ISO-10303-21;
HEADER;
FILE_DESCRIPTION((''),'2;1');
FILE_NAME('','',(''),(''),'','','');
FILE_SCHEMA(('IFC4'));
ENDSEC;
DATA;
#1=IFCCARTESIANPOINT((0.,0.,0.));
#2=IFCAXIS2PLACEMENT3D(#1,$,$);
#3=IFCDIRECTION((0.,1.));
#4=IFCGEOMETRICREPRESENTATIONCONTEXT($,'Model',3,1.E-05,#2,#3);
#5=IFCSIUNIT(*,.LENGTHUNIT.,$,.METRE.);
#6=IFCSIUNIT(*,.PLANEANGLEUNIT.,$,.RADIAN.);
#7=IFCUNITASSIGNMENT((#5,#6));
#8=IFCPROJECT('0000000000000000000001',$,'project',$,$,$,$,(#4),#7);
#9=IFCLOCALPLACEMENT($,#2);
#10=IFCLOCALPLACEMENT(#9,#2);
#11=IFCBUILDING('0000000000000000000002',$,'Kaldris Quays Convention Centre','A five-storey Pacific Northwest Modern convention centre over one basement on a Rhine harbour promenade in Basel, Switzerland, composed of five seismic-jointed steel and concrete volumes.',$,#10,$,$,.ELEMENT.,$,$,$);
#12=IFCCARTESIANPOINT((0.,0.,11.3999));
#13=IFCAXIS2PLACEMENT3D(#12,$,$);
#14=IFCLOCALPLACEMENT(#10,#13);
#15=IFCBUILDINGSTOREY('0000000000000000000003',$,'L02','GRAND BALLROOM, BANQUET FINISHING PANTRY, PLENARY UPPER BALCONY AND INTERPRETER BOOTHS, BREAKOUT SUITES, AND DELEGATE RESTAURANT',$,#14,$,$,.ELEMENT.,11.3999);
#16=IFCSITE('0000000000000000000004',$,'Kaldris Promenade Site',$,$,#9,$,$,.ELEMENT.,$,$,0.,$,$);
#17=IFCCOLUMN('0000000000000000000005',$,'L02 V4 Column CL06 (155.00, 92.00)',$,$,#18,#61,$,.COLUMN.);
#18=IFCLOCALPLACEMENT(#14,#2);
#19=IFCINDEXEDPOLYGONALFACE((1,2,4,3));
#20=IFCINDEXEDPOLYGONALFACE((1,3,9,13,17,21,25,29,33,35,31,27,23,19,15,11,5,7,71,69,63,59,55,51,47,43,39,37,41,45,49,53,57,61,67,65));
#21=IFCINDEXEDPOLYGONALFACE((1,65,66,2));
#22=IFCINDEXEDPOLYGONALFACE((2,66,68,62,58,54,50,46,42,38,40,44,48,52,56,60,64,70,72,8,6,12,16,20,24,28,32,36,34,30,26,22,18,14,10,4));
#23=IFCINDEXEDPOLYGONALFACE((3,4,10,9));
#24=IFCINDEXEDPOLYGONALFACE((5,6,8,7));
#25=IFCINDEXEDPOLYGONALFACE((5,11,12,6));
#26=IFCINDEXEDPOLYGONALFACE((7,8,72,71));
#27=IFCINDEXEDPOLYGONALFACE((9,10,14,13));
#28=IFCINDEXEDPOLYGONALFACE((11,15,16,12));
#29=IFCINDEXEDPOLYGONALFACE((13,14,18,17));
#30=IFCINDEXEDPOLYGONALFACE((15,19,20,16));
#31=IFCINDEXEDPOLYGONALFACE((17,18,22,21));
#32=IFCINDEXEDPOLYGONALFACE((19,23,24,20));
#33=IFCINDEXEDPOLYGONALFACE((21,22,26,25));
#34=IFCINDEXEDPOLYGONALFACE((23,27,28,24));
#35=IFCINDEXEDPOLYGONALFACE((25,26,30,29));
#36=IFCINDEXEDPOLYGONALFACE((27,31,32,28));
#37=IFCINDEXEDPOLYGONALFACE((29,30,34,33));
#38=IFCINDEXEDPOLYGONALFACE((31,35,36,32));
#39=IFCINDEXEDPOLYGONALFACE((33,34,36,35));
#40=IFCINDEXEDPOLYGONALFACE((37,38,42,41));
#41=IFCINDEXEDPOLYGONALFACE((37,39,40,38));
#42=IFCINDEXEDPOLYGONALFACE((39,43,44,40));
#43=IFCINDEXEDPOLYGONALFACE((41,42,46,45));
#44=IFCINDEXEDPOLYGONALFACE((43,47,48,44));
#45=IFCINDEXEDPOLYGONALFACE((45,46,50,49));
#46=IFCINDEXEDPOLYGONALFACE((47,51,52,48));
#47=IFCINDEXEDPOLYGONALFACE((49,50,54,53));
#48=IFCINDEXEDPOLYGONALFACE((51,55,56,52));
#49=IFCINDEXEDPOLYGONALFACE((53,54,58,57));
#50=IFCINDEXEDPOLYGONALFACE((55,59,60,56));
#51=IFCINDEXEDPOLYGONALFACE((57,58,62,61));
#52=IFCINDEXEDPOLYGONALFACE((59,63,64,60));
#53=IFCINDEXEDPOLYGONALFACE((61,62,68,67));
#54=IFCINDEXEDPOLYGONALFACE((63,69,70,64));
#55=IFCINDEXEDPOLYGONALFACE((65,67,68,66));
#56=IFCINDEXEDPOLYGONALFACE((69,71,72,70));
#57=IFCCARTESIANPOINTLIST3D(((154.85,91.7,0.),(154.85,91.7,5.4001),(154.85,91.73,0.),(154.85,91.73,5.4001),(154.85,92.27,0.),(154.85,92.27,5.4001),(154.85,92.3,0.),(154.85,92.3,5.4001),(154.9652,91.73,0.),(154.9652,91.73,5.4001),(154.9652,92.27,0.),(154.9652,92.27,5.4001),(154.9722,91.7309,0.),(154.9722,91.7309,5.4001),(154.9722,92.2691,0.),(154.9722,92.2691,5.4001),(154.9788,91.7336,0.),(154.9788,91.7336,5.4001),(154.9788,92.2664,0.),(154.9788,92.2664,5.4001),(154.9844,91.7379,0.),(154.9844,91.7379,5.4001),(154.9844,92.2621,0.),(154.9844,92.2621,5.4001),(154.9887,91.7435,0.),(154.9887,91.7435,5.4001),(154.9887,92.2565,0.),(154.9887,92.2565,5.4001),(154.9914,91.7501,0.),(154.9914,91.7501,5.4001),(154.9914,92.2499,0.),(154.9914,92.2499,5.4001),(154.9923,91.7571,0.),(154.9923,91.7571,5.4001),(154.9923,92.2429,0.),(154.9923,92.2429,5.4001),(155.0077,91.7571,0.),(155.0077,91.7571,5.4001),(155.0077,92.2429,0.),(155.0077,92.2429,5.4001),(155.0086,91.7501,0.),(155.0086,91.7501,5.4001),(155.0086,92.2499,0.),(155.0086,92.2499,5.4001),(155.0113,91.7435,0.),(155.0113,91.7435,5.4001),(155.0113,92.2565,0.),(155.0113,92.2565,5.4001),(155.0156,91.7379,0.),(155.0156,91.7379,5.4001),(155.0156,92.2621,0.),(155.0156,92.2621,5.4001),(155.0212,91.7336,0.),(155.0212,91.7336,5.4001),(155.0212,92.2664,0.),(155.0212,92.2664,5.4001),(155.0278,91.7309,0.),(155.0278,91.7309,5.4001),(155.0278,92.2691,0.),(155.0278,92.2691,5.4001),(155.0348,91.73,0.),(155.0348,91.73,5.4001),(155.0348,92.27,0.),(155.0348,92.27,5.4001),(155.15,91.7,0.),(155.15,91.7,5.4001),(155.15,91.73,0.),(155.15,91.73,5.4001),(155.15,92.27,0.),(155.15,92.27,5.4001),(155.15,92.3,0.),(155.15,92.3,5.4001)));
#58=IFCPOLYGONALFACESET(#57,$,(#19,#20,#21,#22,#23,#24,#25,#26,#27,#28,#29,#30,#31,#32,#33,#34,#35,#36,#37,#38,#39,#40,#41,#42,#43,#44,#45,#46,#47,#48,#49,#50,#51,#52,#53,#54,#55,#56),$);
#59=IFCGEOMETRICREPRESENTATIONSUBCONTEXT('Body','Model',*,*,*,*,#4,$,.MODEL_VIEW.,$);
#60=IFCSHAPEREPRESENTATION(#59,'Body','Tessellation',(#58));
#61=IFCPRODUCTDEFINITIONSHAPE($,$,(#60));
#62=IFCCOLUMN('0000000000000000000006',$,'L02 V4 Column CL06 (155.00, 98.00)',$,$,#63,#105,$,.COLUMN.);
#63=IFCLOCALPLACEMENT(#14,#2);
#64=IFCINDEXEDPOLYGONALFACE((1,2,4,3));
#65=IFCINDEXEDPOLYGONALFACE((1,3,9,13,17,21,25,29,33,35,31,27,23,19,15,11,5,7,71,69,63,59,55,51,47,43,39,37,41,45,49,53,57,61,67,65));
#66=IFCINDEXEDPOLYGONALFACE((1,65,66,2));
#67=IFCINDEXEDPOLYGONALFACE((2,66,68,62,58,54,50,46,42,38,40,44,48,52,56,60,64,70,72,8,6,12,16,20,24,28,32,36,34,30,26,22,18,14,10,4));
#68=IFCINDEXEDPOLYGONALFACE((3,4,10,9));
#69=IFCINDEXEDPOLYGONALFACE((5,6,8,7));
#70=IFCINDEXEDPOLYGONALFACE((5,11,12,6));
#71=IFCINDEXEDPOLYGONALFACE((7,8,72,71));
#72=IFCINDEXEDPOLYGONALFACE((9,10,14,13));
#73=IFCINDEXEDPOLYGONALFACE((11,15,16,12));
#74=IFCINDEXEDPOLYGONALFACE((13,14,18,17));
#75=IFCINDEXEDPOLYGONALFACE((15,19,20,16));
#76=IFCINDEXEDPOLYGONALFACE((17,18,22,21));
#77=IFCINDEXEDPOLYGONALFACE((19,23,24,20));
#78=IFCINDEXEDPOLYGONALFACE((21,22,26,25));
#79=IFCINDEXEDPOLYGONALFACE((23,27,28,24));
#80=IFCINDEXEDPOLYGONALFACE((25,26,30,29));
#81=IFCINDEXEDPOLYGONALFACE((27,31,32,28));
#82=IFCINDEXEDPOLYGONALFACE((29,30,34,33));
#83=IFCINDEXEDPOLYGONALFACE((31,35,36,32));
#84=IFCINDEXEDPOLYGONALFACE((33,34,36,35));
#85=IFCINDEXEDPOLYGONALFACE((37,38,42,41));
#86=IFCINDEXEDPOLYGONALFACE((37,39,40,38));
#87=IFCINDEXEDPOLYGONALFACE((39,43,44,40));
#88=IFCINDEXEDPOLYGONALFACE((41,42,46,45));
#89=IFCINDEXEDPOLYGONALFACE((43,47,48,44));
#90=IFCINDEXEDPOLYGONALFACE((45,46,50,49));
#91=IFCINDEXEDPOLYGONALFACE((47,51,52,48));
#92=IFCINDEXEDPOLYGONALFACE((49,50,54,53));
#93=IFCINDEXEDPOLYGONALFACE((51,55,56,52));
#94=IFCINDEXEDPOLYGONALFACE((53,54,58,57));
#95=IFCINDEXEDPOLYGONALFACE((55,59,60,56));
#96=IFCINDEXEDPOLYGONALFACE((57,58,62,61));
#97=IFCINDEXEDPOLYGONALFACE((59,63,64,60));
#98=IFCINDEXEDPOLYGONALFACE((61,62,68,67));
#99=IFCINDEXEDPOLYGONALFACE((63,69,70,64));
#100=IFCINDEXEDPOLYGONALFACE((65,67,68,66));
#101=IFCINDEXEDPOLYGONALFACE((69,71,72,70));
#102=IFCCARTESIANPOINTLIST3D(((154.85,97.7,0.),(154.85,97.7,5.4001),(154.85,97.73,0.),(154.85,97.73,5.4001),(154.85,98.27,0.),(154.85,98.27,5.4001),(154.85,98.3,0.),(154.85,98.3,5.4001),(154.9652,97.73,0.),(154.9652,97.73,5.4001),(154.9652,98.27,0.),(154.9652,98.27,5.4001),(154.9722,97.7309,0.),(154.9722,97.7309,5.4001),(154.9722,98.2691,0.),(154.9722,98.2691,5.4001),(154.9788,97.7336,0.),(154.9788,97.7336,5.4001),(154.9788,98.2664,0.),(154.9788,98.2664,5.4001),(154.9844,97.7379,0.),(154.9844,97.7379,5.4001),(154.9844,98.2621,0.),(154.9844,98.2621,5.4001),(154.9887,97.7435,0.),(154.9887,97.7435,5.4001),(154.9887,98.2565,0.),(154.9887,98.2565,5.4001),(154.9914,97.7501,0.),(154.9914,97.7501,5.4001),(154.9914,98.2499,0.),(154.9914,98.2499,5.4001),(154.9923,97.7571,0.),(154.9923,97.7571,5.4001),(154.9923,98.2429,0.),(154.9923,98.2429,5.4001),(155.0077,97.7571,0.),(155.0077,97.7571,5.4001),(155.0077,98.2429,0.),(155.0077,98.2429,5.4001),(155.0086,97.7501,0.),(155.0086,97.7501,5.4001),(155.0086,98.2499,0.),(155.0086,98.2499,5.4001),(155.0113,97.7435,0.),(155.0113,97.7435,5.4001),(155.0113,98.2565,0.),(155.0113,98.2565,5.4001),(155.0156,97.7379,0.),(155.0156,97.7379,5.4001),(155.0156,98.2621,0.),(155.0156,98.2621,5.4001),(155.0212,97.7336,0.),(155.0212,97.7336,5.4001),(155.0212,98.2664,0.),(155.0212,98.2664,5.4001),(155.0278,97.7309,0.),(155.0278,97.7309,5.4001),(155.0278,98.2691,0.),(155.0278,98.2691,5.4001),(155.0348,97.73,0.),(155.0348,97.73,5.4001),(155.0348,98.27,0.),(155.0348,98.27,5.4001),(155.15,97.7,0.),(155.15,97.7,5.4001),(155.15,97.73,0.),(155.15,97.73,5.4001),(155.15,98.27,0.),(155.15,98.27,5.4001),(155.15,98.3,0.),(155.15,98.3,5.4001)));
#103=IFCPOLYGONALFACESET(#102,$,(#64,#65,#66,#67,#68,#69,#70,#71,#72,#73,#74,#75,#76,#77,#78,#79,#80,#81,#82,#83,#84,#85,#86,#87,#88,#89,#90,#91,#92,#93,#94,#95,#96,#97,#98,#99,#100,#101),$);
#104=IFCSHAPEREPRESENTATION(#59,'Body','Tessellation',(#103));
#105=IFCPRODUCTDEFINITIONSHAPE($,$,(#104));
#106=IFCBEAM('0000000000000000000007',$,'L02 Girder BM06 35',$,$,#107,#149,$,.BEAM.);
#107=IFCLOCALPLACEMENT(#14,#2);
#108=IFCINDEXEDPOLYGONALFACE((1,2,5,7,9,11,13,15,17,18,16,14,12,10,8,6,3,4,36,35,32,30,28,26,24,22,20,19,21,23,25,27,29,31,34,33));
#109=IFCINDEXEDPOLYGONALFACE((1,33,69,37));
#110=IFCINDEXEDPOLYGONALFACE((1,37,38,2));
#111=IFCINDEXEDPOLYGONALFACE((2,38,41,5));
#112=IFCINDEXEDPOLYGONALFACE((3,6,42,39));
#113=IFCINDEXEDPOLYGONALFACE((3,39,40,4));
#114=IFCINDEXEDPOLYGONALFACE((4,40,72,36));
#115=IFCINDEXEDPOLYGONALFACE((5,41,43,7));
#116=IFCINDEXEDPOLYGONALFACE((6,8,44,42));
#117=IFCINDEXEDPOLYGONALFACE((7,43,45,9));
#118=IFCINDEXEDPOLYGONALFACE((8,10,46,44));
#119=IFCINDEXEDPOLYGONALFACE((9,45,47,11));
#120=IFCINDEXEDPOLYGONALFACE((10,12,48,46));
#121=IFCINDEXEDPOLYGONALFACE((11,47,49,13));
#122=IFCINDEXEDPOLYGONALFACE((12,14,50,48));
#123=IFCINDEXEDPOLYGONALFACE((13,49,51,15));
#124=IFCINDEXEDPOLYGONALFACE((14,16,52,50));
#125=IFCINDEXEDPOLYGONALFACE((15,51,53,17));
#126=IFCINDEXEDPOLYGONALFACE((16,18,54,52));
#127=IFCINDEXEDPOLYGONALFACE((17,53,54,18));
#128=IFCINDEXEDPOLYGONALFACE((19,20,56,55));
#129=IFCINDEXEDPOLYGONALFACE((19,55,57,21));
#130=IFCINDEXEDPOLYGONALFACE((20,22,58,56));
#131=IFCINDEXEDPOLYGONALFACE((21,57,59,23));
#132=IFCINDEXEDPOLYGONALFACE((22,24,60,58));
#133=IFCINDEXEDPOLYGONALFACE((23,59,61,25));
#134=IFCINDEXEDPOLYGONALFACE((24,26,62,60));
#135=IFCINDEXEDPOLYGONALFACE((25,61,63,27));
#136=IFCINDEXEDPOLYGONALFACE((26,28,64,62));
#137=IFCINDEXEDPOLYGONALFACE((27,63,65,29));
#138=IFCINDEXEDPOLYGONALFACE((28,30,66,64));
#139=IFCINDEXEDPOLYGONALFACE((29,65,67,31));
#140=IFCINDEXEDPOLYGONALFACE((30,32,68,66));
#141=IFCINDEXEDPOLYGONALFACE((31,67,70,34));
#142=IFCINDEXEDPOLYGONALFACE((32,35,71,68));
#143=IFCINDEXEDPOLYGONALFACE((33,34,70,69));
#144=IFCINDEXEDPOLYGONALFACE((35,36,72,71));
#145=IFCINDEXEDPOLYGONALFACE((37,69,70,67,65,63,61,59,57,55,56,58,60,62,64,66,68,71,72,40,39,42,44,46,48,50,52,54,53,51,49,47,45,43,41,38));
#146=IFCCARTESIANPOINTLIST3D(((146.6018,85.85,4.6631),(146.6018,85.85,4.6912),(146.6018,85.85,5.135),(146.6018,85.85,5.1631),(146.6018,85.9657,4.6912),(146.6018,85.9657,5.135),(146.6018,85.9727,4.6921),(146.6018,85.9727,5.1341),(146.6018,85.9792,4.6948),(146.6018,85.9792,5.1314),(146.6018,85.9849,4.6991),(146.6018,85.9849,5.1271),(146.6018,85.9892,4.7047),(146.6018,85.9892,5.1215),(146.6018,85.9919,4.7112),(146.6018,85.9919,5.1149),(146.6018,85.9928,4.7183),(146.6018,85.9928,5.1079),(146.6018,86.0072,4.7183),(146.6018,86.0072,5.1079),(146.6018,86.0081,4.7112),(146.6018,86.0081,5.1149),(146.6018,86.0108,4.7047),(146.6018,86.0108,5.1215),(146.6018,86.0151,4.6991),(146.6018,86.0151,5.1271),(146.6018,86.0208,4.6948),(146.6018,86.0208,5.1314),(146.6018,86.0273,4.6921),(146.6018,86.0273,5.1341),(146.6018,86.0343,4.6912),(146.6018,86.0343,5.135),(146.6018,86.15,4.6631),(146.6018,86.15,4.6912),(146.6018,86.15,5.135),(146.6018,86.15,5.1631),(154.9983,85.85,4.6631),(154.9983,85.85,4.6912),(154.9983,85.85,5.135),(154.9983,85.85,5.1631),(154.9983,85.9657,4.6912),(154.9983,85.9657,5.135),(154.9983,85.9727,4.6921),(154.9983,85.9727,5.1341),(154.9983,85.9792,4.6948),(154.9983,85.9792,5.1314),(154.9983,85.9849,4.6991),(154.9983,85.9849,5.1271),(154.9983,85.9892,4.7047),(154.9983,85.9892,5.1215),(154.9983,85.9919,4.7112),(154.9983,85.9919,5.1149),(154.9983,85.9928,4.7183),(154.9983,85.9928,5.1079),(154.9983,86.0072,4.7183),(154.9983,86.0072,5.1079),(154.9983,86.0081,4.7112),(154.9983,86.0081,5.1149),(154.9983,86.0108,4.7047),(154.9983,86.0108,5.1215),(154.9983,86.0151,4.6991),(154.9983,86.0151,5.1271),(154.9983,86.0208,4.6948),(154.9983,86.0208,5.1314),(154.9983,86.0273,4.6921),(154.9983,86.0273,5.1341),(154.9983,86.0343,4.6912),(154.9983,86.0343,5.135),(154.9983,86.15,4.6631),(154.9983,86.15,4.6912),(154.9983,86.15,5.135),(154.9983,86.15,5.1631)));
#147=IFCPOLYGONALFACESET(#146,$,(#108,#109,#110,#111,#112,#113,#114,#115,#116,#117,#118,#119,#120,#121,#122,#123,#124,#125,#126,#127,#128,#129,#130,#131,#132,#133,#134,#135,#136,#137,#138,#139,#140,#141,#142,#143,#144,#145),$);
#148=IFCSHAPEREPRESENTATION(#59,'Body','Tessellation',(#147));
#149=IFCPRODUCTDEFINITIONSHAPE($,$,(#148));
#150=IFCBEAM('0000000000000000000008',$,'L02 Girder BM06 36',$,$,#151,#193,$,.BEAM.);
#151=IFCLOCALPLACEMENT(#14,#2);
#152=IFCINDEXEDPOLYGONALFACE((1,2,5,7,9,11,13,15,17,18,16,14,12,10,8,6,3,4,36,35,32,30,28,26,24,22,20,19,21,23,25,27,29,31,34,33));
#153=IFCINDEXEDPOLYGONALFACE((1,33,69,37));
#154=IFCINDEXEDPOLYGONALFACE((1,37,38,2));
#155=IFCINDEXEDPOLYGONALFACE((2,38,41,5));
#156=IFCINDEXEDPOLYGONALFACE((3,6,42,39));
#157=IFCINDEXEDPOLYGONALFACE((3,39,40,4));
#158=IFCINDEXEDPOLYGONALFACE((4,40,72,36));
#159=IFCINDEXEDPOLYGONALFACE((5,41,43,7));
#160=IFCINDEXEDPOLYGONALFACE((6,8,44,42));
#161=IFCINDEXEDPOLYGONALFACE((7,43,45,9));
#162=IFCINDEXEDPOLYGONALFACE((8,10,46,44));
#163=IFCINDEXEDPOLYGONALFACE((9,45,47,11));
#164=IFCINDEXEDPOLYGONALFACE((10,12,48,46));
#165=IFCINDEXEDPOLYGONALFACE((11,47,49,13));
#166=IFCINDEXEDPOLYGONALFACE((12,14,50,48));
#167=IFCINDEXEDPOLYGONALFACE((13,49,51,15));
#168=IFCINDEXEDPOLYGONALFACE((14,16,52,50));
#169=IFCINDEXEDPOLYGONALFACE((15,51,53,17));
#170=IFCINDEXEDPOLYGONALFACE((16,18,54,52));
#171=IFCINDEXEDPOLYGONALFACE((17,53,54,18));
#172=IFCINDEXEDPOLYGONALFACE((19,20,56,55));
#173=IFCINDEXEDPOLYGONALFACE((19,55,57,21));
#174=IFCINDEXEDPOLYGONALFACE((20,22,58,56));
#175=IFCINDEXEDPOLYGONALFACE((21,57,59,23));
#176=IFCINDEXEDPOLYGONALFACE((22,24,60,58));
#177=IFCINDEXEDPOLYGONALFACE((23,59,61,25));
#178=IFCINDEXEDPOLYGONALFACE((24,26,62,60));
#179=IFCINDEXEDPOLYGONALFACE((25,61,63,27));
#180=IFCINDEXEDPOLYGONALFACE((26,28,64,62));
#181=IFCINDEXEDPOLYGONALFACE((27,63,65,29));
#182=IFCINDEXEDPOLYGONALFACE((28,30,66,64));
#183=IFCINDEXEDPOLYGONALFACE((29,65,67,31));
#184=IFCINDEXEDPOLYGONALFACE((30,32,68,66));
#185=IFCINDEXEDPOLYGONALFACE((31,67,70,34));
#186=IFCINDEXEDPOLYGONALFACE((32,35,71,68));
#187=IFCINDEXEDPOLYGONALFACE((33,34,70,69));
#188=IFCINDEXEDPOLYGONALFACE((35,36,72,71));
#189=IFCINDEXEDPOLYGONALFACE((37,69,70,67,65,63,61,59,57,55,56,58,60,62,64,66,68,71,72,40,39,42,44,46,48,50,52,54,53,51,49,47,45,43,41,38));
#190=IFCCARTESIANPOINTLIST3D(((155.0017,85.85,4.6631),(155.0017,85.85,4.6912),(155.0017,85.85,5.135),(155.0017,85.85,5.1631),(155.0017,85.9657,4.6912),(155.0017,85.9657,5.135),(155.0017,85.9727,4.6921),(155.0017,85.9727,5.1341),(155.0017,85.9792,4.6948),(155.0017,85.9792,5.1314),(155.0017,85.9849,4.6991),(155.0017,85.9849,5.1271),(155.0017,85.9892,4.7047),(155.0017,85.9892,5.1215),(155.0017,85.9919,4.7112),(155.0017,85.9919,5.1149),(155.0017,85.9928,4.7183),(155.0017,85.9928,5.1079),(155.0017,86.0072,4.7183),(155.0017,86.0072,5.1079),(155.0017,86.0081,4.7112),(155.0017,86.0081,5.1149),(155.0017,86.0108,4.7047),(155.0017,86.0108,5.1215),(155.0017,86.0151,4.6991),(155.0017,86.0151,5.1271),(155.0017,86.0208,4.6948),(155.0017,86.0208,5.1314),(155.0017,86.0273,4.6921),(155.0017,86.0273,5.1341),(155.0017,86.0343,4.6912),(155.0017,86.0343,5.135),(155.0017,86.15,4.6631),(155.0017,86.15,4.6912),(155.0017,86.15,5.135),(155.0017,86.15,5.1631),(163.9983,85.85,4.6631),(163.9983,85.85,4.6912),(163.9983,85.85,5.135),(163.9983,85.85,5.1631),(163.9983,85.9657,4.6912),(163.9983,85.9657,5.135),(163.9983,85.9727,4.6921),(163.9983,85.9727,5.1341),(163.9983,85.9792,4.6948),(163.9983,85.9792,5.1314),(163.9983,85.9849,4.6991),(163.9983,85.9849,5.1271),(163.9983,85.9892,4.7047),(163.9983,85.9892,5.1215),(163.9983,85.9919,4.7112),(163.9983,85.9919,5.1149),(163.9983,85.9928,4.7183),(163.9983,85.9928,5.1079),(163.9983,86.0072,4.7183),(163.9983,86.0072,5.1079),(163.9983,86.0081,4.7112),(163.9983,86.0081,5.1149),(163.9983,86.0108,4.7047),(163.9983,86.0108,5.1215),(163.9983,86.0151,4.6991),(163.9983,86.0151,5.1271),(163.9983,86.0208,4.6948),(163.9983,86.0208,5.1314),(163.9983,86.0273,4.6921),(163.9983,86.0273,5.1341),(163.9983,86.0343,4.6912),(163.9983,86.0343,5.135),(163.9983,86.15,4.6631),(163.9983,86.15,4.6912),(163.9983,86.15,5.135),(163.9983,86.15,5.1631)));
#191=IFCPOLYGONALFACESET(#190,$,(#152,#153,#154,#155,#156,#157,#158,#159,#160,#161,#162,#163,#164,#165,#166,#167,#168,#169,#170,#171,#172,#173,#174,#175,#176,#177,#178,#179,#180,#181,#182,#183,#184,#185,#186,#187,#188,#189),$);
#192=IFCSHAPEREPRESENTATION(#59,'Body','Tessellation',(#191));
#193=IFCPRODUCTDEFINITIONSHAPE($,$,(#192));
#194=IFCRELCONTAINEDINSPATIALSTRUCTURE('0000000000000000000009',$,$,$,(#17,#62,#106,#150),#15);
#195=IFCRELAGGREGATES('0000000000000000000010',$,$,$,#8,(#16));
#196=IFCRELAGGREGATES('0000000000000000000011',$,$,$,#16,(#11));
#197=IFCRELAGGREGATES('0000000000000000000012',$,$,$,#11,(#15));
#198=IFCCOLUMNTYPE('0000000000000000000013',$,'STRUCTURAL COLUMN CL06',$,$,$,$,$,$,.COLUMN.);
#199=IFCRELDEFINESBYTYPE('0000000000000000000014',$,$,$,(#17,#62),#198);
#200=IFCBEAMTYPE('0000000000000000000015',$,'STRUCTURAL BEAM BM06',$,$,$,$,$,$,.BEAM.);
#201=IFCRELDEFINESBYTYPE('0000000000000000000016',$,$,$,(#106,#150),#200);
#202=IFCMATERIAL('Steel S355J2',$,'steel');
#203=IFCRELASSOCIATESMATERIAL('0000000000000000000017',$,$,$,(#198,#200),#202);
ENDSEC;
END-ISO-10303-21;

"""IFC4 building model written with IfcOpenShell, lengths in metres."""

from ifc_helpers import new_model, si_unit, direction, frame, origin, origin_2d, place, context, subcontext, project, spatial, i_section, extrude, material, material_profile, profile_set, type_object, element, save


model = new_model("IFC4")

# Units and contexts
model_context = context("Model", 3, precision=1e-05, world=origin(), true_north=direction((0.0, 1.0)))
body_context = subcontext(model_context, "Body", "Model", "MODEL_VIEW")
ifc_project = project(units=[si_unit("LENGTHUNIT", "METRE"), si_unit("PLANEANGLEUNIT", "RADIAN")], contexts=[model_context])

# Site, building, storey
site_placement = place(None, origin())
site = spatial("IfcSite", under=ifc_project, at=site_placement, Name="Kaldris Promenade Site", CompositionType="ELEMENT", RefElevation=0.0)
building_placement = place(site_placement, origin())
building = spatial("IfcBuilding", under=site, at=building_placement, Name="Kaldris Quays Convention Centre", Description="A five-storey Pacific Northwest Modern convention centre over one basement on a Rhine harbour promenade in Basel, Switzerland, composed of five seismic-jointed steel and concrete volumes.", CompositionType="ELEMENT")
storey_placement = place(building_placement, frame((0.0, 0.0, 11.3999)))
storey = spatial("IfcBuildingStorey", under=building, at=storey_placement, Name="L02", Description="GRAND BALLROOM, BANQUET FINISHING PANTRY, PLENARY UPPER BALCONY AND INTERPRETER BOOTHS, BREAKOUT SUITES, AND DELEGATE RESTAURANT", CompositionType="ELEMENT", Elevation=11.3999)

# Columns
ifc_material_1 = material(Name="Steel S355J2", Category="steel")
ifc_material_profile_1 = material_profile(ifc_material_1, i_section(OverallWidth=0.3, OverallDepth=0.6001, WebThickness=0.0154, FlangeThickness=0.03, FilletRadius=0.0271, at=origin_2d()), Name="HEB 600")
ifc_profile_set_1 = profile_set([ifc_material_profile_1], Name="Steel S355J2")
column_type = type_object("IfcColumnType", Name="STRUCTURAL COLUMN CL06", PredefinedType="COLUMN", material=ifc_profile_set_1)
for number, where, z_axis, x_axis, name in (
    (1, (155.0, 92.0, 0.0), (0.0, 0.0, 1.0), (1.0, 0.0, 0.0), "L02 V4 Column CL06 (155.00, 92.00)"),
    (2, (155.0, 98.0, 0.0), (0.0, 0.0, 1.0), (1.0, 0.0, 0.0), "L02 V4 Column CL06 (155.00, 98.00)"),
):
    element("IfcColumn", number, at=place(storey_placement, frame(where, z_axis=z_axis, x_axis=x_axis)), inside=storey, type_object=column_type, Name=name, PredefinedType="COLUMN", context=body_context, shape_type="SweptSolid", body=[
        extrude(i_section(OverallWidth=0.3, OverallDepth=0.6001, WebThickness=0.0154, FlangeThickness=0.03, FilletRadius=0.0271, at=origin_2d()), origin(), (0.0, 0.0, 1.0), 5.4001),
    ])

# Beams
ifc_material_profile_2 = material_profile(ifc_material_1, i_section(OverallWidth=0.3, OverallDepth=0.5, WebThickness=0.0144, FlangeThickness=0.0281, FilletRadius=0.0271, at=origin_2d()), Name="HEB 500")
ifc_profile_set_2 = profile_set([ifc_material_profile_2], Name="Steel S355J2")
beam_type_1 = type_object("IfcBeamType", Name="STRUCTURAL BEAM BM06", PredefinedType="BEAM", material=ifc_profile_set_2)
beam_1_placement = place(storey_placement, frame((146.6018, 86.0, 4.9131), z_axis=(1.0, 0.0, 0.0), x_axis=(0.0, 1.0, 0.0)))
element("IfcBeam", 3, at=beam_1_placement, inside=storey, type_object=beam_type_1, Name="L02 Girder BM06 35", PredefinedType="BEAM", context=body_context, shape_type="SweptSolid", body=[
    extrude(i_section(OverallWidth=0.3, OverallDepth=0.5, WebThickness=0.0144, FlangeThickness=0.0281, FilletRadius=0.0271, at=origin_2d()), origin(), (0.0, 0.0, 1.0), 8.3965),
])
beam_2_placement = place(storey_placement, frame((155.0017, 86.0, 4.9131), z_axis=(1.0, 0.0, 0.0), x_axis=(0.0, 1.0, 0.0)))
element("IfcBeam", 4, at=beam_2_placement, inside=storey, type_object=beam_type_1, Name="L02 Girder BM06 36", PredefinedType="BEAM", context=body_context, shape_type="SweptSolid", body=[
    extrude(i_section(OverallWidth=0.3, OverallDepth=0.5, WebThickness=0.0144, FlangeThickness=0.0281, FilletRadius=0.0271, at=origin_2d()), origin(), (0.0, 0.0, 1.0), 8.9966),
])

save(model, "model.ifc")
